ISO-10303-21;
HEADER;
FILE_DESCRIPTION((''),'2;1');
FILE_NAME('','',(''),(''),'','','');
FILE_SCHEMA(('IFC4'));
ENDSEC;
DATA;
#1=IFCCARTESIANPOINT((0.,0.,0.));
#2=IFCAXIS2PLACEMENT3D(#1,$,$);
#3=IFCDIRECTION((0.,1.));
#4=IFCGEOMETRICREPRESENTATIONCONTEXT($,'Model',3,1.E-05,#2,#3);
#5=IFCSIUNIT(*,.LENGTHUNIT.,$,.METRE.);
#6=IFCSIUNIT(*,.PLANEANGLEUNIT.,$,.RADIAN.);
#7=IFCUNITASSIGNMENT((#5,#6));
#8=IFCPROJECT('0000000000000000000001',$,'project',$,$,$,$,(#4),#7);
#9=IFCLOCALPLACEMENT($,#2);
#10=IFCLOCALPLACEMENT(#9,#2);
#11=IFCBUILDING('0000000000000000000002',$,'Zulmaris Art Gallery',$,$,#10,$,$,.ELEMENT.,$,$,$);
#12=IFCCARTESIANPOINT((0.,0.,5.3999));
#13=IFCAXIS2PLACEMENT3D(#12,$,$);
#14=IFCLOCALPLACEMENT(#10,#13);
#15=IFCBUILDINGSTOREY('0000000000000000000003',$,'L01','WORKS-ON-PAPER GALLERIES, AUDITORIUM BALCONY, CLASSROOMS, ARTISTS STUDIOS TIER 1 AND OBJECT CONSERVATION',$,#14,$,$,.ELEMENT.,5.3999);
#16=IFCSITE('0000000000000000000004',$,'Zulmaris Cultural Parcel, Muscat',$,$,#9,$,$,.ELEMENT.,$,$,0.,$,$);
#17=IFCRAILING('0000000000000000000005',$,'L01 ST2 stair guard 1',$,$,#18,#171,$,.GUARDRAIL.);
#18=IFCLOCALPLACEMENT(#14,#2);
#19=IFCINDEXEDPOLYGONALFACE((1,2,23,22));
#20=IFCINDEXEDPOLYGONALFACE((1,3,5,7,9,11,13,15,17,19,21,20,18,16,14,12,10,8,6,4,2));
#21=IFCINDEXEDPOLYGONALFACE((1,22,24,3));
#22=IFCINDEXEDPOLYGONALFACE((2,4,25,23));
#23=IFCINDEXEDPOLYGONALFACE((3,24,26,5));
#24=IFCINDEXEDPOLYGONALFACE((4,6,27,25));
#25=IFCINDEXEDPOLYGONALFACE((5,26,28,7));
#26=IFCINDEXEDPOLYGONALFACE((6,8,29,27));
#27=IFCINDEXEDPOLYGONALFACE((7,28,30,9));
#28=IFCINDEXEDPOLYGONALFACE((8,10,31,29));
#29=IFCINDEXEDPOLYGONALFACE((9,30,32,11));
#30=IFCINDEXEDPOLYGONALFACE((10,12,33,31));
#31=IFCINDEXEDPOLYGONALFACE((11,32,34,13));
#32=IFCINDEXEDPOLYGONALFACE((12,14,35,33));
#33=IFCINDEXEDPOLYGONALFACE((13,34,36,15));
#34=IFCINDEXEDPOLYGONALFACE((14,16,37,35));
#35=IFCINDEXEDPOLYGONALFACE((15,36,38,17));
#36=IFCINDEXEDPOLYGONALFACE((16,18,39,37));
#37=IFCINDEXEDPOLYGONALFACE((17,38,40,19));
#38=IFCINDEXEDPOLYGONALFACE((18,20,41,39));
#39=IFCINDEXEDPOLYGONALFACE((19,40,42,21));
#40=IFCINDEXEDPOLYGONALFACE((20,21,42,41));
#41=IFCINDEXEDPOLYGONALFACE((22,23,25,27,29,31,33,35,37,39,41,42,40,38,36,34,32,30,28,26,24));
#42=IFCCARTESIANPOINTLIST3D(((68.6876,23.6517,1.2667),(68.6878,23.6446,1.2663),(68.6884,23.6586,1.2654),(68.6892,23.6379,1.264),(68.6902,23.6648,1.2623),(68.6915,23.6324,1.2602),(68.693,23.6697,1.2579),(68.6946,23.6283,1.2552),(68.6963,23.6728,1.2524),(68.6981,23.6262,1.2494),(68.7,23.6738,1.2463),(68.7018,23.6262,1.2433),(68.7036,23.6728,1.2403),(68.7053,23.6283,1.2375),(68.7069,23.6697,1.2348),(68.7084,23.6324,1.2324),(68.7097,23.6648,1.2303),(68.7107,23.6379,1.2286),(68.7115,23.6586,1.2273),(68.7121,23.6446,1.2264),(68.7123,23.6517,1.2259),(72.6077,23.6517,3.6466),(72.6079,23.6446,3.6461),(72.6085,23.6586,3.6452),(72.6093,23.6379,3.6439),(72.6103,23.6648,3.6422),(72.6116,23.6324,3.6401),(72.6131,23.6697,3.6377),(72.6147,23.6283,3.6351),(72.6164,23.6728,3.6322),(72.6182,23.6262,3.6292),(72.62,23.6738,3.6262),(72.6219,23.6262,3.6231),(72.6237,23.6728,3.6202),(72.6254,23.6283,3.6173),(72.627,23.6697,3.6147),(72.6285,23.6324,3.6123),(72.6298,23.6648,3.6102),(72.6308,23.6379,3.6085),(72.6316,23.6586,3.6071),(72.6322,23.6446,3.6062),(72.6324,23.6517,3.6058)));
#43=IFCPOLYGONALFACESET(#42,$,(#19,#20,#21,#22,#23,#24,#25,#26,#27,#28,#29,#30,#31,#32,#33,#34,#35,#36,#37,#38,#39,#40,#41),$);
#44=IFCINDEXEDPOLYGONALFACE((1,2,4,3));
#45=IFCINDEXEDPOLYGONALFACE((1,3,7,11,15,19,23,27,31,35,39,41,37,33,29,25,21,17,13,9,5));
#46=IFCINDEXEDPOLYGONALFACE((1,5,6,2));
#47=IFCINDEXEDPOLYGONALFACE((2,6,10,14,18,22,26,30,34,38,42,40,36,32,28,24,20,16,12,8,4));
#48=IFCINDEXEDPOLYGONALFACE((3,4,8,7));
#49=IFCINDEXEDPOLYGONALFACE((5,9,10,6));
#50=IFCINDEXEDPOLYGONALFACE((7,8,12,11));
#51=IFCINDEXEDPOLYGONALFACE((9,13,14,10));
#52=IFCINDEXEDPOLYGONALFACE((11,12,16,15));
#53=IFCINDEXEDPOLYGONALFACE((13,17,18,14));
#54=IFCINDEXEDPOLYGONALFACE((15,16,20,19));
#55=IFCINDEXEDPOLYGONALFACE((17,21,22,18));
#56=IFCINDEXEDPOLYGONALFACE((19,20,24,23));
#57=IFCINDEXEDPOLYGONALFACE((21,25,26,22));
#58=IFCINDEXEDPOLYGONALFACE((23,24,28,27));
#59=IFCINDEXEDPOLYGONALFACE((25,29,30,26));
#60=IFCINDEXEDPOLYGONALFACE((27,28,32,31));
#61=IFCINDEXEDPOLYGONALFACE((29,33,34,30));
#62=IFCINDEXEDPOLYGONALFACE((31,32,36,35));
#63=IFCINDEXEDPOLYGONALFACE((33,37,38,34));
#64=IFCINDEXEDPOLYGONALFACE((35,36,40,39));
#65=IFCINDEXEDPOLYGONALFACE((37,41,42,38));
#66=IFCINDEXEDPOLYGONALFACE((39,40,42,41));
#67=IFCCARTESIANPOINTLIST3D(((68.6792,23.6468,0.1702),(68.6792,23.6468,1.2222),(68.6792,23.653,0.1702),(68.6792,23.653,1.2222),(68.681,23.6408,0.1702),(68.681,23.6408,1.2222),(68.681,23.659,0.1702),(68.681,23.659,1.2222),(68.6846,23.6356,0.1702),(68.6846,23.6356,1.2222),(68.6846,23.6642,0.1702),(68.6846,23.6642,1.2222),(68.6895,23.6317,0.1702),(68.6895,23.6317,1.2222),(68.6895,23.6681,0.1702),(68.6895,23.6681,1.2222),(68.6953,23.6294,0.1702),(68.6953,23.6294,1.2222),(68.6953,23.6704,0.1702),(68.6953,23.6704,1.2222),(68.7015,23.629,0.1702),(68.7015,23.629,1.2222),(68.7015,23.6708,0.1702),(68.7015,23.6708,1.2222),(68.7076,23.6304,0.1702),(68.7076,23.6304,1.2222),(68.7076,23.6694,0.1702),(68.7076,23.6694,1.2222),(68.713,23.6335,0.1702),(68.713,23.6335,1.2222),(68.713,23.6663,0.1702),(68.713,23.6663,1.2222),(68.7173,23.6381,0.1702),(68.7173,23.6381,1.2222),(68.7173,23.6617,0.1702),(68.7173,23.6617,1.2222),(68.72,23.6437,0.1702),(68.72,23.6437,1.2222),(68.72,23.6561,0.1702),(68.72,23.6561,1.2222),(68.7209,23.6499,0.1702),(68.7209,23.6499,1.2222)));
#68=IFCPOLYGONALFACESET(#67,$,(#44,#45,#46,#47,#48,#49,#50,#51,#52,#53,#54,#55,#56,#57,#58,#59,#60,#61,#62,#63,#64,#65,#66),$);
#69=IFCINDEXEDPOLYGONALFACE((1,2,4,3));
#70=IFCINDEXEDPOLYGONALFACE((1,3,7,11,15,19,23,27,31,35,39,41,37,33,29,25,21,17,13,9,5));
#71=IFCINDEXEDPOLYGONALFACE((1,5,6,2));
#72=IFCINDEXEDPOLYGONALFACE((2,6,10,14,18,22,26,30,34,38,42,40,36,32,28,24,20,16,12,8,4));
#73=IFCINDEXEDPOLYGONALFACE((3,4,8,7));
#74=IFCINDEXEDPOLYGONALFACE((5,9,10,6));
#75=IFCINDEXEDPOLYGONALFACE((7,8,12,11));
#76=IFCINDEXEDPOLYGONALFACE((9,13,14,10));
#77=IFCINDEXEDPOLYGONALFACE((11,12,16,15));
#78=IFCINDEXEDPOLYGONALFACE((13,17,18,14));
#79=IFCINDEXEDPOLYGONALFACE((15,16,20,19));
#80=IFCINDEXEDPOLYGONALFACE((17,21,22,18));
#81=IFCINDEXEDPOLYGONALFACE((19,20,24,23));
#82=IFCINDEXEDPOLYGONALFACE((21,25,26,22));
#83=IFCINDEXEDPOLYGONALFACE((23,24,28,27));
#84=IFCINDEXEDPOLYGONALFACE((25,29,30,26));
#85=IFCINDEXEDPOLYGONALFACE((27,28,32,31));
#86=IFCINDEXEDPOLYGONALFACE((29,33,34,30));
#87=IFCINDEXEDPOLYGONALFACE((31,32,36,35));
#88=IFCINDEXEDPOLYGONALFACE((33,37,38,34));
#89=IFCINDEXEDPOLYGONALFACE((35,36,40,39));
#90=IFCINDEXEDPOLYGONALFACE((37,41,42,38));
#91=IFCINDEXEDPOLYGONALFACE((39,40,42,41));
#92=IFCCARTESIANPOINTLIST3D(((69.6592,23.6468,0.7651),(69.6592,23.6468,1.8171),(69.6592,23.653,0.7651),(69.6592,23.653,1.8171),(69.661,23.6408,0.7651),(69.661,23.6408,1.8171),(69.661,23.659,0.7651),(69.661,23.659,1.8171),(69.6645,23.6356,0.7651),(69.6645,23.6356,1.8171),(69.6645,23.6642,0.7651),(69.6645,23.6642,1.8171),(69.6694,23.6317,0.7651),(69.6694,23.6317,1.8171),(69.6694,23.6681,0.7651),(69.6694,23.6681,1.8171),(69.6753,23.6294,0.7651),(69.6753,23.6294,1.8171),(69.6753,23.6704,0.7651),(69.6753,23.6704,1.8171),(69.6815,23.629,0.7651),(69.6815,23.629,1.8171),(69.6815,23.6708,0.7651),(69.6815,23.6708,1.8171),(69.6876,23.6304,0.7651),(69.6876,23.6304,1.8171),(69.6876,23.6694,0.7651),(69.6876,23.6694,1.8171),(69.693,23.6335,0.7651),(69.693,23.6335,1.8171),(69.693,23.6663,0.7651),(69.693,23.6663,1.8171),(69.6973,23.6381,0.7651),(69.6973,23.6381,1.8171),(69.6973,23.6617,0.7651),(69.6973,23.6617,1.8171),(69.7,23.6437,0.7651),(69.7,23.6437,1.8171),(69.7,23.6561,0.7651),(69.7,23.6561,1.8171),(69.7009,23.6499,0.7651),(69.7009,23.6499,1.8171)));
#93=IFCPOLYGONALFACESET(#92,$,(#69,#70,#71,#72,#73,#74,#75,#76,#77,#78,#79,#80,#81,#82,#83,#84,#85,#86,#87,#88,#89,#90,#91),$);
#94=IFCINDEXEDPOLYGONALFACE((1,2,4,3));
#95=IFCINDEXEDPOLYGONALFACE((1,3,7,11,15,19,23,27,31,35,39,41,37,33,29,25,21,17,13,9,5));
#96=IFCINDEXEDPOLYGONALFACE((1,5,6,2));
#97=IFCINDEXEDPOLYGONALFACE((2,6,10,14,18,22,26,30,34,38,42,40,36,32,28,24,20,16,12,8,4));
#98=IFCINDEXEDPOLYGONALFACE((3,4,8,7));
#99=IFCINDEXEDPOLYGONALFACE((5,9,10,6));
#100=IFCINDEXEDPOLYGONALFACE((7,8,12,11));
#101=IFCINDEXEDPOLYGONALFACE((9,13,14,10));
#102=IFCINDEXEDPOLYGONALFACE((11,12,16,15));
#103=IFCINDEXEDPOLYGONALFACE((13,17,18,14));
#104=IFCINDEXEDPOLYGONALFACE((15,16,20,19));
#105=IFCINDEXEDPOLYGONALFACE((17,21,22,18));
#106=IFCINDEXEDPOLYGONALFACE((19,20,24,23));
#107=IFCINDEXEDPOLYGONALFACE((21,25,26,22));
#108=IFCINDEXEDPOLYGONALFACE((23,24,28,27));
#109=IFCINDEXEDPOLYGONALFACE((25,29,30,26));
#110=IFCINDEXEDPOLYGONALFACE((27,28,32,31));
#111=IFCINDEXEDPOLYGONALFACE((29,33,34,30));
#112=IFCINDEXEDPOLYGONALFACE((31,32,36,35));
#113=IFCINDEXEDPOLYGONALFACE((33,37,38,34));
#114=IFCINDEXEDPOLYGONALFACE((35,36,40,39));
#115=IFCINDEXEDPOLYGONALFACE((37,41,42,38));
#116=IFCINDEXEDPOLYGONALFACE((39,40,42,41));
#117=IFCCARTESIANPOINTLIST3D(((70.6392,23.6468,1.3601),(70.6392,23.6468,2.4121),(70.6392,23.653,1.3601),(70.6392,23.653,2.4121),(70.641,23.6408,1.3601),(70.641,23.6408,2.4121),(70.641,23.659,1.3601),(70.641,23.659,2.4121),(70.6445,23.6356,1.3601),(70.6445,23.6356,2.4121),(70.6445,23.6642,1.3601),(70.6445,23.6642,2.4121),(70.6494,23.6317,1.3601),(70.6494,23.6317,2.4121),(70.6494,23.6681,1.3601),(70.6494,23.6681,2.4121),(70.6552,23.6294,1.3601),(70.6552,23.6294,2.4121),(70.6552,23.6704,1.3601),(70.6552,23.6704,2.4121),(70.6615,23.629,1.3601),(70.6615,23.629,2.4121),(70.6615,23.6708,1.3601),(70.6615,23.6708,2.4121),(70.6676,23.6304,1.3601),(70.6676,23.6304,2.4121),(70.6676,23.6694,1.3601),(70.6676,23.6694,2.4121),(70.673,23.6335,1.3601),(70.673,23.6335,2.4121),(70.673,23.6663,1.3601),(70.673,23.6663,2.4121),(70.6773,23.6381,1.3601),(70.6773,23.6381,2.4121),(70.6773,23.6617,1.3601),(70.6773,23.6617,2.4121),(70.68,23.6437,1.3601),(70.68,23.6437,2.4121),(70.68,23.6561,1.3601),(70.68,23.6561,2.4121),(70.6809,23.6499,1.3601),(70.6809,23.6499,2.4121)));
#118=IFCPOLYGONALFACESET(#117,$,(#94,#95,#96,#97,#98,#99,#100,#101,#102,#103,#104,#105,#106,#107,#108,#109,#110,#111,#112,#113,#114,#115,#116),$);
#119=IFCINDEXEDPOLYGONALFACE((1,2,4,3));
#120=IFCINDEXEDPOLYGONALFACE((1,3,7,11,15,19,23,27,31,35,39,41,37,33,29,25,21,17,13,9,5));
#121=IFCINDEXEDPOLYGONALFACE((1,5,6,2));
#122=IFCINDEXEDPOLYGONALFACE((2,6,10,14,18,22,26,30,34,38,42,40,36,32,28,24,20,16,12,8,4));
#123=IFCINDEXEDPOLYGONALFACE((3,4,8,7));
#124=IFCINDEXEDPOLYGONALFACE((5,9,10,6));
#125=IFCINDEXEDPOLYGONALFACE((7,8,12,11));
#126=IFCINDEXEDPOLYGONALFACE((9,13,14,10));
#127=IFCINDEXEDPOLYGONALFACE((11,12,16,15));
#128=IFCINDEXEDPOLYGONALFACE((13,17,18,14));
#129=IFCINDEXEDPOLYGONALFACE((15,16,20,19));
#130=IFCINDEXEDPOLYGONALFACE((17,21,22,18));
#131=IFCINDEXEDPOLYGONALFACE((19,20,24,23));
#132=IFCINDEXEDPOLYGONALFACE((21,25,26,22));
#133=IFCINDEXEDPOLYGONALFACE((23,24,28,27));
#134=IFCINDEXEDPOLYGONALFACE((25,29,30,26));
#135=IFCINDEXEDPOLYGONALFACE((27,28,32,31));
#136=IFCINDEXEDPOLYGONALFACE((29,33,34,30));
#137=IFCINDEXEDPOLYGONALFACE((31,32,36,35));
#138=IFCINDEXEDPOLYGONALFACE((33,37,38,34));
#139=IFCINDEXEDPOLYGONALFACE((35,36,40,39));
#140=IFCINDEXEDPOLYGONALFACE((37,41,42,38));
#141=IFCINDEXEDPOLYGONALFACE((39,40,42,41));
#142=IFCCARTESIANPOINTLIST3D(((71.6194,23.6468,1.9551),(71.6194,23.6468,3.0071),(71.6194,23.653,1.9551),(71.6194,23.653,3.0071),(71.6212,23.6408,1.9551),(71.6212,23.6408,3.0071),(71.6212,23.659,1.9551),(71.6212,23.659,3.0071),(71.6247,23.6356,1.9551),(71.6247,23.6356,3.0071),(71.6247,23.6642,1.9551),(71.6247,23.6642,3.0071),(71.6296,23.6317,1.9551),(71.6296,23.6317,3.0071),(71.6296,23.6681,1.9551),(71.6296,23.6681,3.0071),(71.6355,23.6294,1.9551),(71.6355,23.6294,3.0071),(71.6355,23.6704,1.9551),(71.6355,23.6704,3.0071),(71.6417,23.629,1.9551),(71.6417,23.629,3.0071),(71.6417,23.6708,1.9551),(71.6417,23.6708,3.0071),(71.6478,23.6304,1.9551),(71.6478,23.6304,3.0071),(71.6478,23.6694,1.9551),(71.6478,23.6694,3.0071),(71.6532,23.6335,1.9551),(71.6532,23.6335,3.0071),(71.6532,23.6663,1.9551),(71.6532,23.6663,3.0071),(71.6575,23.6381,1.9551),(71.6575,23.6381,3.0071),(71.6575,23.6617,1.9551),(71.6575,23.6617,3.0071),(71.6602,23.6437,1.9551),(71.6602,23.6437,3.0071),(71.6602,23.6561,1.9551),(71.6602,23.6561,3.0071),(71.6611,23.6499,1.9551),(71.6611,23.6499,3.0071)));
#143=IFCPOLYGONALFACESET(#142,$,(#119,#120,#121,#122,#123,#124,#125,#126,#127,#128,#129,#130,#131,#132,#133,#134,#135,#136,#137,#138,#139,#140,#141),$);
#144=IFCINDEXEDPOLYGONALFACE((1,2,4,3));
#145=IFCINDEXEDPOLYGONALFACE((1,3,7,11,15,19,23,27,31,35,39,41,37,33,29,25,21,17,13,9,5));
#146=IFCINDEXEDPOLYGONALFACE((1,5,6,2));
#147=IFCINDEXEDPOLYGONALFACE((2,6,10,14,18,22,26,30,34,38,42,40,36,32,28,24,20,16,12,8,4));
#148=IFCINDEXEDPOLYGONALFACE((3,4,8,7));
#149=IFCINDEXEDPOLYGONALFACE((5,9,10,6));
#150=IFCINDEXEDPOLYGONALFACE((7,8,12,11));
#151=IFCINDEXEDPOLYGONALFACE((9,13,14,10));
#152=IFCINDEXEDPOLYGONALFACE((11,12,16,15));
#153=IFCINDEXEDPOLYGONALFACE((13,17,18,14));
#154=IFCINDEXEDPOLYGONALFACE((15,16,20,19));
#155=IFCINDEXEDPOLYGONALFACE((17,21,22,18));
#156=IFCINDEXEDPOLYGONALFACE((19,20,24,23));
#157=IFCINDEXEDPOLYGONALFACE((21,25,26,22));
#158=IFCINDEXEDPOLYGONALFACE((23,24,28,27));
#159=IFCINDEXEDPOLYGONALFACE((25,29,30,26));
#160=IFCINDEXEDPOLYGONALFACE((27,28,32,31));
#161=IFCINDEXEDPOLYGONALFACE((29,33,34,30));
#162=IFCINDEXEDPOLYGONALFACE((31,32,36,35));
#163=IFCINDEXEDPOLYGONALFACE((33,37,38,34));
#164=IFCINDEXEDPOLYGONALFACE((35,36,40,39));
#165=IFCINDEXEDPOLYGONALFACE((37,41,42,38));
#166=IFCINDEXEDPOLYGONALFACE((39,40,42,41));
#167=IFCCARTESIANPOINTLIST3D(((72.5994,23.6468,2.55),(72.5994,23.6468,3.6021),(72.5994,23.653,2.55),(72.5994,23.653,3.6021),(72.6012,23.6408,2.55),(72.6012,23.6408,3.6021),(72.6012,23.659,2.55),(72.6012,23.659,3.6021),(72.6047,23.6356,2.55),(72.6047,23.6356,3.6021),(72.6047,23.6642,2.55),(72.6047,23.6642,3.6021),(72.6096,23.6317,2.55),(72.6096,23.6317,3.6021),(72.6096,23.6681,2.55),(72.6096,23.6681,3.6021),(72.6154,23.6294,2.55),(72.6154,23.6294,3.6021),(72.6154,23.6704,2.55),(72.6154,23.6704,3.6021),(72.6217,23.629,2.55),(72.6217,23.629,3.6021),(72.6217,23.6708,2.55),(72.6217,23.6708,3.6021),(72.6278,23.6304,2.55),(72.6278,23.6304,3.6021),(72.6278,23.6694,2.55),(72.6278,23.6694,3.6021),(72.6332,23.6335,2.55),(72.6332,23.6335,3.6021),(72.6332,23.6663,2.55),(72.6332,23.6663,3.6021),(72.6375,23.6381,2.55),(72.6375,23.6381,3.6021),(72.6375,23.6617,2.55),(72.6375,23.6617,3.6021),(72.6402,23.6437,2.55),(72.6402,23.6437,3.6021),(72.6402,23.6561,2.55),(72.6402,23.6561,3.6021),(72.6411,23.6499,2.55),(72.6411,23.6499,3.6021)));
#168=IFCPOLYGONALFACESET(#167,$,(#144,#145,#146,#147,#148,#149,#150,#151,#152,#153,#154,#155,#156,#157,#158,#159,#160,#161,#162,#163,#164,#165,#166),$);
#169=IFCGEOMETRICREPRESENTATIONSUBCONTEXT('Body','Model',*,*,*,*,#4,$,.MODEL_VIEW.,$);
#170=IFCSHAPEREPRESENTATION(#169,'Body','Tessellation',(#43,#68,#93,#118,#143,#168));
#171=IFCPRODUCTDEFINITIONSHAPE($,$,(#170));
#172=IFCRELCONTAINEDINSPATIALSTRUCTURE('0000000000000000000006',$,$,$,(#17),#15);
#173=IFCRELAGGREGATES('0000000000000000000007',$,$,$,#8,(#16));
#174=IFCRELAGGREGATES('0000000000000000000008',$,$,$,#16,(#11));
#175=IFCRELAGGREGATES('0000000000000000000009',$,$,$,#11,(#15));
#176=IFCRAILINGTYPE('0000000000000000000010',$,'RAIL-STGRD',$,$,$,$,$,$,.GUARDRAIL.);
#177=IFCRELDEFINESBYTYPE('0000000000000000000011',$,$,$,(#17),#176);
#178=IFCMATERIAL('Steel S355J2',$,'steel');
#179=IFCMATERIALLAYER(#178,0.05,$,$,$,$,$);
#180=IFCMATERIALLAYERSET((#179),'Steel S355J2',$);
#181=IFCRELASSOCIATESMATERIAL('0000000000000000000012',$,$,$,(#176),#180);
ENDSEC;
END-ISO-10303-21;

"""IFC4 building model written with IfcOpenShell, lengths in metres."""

from ifc_helpers import new_model, si_unit, direction, frame, origin, origin_2d, place, context, subcontext, project, spatial, circle, extrude, material, layer, layer_set, type_object, element, save


model = new_model("IFC4")

# Units and contexts
model_context = context("Model", 3, precision=1e-05, world=origin(), true_north=direction((0.0, 1.0)))
body_context = subcontext(model_context, "Body", "Model", "MODEL_VIEW")
ifc_project = project(units=[si_unit("LENGTHUNIT", "METRE"), si_unit("PLANEANGLEUNIT", "RADIAN")], contexts=[model_context])

# Site, building, storey
site_placement = place(None, origin())
site = spatial("IfcSite", under=ifc_project, at=site_placement, Name="Zulmaris Cultural Parcel, Muscat", CompositionType="ELEMENT", RefElevation=0.0)
building_placement = place(site_placement, origin())
building = spatial("IfcBuilding", under=site, at=building_placement, Name="Zulmaris Art Gallery", CompositionType="ELEMENT")
storey_placement = place(building_placement, frame((0.0, 0.0, 5.3999)))
storey = spatial("IfcBuildingStorey", under=building, at=storey_placement, Name="L01", Description="WORKS-ON-PAPER GALLERIES, AUDITORIUM BALCONY, CLASSROOMS, ARTISTS STUDIOS TIER 1 AND OBJECT CONSERVATION", CompositionType="ELEMENT", Elevation=5.3999)

# Shared definitions
ifc_material_1 = material(Name="Steel S355J2", Category="steel")

# Railing
ifc_layer_1 = layer(ifc_material_1, 0.05)
ifc_layer_set_1 = layer_set([ifc_layer_1], Name="Steel S355J2")
railing_type_1 = type_object("IfcRailingType", Name="RAIL-STGRD", PredefinedType="GUARDRAIL", material=ifc_layer_set_1)
railing_1_placement = place(storey_placement, frame((68.7, 23.6499, 0.1702)))
element("IfcRailing", 1, at=railing_1_placement, inside=storey, type_object=railing_type_1, Name="L01 ST2 stair guard 1", PredefinedType="GUARDRAIL", context=body_context, shape_type="SweptSolid", body=[
    extrude(circle(Radius=0.0239, at=origin_2d()), frame((0.0, 0.0, 1.0762), z_axis=(0.854809, 0.0, 0.518943), x_axis=(0.0, 1.0, 0.0)), (0.0, 0.0, 1.0), 4.5859),
    extrude(circle(Radius=0.021, at=origin_2d()), origin(), (0.0, 0.0, 1.0), 1.052),
    extrude(circle(Radius=0.021, at=origin_2d()), frame((0.98, 0.0, 0.595)), (0.0, 0.0, 1.0), 1.052),
    extrude(circle(Radius=0.021, at=origin_2d()), frame((1.96, 0.0, 1.1899)), (0.0, 0.0, 1.0), 1.052),
    extrude(circle(Radius=0.021, at=origin_2d()), frame((2.9402, 0.0, 1.7849)), (0.0, 0.0, 1.0), 1.052),
    extrude(circle(Radius=0.021, at=origin_2d()), frame((3.9202, 0.0, 2.3799)), (0.0, 0.0, 1.0), 1.052),
])

save(model, "model.ifc")
